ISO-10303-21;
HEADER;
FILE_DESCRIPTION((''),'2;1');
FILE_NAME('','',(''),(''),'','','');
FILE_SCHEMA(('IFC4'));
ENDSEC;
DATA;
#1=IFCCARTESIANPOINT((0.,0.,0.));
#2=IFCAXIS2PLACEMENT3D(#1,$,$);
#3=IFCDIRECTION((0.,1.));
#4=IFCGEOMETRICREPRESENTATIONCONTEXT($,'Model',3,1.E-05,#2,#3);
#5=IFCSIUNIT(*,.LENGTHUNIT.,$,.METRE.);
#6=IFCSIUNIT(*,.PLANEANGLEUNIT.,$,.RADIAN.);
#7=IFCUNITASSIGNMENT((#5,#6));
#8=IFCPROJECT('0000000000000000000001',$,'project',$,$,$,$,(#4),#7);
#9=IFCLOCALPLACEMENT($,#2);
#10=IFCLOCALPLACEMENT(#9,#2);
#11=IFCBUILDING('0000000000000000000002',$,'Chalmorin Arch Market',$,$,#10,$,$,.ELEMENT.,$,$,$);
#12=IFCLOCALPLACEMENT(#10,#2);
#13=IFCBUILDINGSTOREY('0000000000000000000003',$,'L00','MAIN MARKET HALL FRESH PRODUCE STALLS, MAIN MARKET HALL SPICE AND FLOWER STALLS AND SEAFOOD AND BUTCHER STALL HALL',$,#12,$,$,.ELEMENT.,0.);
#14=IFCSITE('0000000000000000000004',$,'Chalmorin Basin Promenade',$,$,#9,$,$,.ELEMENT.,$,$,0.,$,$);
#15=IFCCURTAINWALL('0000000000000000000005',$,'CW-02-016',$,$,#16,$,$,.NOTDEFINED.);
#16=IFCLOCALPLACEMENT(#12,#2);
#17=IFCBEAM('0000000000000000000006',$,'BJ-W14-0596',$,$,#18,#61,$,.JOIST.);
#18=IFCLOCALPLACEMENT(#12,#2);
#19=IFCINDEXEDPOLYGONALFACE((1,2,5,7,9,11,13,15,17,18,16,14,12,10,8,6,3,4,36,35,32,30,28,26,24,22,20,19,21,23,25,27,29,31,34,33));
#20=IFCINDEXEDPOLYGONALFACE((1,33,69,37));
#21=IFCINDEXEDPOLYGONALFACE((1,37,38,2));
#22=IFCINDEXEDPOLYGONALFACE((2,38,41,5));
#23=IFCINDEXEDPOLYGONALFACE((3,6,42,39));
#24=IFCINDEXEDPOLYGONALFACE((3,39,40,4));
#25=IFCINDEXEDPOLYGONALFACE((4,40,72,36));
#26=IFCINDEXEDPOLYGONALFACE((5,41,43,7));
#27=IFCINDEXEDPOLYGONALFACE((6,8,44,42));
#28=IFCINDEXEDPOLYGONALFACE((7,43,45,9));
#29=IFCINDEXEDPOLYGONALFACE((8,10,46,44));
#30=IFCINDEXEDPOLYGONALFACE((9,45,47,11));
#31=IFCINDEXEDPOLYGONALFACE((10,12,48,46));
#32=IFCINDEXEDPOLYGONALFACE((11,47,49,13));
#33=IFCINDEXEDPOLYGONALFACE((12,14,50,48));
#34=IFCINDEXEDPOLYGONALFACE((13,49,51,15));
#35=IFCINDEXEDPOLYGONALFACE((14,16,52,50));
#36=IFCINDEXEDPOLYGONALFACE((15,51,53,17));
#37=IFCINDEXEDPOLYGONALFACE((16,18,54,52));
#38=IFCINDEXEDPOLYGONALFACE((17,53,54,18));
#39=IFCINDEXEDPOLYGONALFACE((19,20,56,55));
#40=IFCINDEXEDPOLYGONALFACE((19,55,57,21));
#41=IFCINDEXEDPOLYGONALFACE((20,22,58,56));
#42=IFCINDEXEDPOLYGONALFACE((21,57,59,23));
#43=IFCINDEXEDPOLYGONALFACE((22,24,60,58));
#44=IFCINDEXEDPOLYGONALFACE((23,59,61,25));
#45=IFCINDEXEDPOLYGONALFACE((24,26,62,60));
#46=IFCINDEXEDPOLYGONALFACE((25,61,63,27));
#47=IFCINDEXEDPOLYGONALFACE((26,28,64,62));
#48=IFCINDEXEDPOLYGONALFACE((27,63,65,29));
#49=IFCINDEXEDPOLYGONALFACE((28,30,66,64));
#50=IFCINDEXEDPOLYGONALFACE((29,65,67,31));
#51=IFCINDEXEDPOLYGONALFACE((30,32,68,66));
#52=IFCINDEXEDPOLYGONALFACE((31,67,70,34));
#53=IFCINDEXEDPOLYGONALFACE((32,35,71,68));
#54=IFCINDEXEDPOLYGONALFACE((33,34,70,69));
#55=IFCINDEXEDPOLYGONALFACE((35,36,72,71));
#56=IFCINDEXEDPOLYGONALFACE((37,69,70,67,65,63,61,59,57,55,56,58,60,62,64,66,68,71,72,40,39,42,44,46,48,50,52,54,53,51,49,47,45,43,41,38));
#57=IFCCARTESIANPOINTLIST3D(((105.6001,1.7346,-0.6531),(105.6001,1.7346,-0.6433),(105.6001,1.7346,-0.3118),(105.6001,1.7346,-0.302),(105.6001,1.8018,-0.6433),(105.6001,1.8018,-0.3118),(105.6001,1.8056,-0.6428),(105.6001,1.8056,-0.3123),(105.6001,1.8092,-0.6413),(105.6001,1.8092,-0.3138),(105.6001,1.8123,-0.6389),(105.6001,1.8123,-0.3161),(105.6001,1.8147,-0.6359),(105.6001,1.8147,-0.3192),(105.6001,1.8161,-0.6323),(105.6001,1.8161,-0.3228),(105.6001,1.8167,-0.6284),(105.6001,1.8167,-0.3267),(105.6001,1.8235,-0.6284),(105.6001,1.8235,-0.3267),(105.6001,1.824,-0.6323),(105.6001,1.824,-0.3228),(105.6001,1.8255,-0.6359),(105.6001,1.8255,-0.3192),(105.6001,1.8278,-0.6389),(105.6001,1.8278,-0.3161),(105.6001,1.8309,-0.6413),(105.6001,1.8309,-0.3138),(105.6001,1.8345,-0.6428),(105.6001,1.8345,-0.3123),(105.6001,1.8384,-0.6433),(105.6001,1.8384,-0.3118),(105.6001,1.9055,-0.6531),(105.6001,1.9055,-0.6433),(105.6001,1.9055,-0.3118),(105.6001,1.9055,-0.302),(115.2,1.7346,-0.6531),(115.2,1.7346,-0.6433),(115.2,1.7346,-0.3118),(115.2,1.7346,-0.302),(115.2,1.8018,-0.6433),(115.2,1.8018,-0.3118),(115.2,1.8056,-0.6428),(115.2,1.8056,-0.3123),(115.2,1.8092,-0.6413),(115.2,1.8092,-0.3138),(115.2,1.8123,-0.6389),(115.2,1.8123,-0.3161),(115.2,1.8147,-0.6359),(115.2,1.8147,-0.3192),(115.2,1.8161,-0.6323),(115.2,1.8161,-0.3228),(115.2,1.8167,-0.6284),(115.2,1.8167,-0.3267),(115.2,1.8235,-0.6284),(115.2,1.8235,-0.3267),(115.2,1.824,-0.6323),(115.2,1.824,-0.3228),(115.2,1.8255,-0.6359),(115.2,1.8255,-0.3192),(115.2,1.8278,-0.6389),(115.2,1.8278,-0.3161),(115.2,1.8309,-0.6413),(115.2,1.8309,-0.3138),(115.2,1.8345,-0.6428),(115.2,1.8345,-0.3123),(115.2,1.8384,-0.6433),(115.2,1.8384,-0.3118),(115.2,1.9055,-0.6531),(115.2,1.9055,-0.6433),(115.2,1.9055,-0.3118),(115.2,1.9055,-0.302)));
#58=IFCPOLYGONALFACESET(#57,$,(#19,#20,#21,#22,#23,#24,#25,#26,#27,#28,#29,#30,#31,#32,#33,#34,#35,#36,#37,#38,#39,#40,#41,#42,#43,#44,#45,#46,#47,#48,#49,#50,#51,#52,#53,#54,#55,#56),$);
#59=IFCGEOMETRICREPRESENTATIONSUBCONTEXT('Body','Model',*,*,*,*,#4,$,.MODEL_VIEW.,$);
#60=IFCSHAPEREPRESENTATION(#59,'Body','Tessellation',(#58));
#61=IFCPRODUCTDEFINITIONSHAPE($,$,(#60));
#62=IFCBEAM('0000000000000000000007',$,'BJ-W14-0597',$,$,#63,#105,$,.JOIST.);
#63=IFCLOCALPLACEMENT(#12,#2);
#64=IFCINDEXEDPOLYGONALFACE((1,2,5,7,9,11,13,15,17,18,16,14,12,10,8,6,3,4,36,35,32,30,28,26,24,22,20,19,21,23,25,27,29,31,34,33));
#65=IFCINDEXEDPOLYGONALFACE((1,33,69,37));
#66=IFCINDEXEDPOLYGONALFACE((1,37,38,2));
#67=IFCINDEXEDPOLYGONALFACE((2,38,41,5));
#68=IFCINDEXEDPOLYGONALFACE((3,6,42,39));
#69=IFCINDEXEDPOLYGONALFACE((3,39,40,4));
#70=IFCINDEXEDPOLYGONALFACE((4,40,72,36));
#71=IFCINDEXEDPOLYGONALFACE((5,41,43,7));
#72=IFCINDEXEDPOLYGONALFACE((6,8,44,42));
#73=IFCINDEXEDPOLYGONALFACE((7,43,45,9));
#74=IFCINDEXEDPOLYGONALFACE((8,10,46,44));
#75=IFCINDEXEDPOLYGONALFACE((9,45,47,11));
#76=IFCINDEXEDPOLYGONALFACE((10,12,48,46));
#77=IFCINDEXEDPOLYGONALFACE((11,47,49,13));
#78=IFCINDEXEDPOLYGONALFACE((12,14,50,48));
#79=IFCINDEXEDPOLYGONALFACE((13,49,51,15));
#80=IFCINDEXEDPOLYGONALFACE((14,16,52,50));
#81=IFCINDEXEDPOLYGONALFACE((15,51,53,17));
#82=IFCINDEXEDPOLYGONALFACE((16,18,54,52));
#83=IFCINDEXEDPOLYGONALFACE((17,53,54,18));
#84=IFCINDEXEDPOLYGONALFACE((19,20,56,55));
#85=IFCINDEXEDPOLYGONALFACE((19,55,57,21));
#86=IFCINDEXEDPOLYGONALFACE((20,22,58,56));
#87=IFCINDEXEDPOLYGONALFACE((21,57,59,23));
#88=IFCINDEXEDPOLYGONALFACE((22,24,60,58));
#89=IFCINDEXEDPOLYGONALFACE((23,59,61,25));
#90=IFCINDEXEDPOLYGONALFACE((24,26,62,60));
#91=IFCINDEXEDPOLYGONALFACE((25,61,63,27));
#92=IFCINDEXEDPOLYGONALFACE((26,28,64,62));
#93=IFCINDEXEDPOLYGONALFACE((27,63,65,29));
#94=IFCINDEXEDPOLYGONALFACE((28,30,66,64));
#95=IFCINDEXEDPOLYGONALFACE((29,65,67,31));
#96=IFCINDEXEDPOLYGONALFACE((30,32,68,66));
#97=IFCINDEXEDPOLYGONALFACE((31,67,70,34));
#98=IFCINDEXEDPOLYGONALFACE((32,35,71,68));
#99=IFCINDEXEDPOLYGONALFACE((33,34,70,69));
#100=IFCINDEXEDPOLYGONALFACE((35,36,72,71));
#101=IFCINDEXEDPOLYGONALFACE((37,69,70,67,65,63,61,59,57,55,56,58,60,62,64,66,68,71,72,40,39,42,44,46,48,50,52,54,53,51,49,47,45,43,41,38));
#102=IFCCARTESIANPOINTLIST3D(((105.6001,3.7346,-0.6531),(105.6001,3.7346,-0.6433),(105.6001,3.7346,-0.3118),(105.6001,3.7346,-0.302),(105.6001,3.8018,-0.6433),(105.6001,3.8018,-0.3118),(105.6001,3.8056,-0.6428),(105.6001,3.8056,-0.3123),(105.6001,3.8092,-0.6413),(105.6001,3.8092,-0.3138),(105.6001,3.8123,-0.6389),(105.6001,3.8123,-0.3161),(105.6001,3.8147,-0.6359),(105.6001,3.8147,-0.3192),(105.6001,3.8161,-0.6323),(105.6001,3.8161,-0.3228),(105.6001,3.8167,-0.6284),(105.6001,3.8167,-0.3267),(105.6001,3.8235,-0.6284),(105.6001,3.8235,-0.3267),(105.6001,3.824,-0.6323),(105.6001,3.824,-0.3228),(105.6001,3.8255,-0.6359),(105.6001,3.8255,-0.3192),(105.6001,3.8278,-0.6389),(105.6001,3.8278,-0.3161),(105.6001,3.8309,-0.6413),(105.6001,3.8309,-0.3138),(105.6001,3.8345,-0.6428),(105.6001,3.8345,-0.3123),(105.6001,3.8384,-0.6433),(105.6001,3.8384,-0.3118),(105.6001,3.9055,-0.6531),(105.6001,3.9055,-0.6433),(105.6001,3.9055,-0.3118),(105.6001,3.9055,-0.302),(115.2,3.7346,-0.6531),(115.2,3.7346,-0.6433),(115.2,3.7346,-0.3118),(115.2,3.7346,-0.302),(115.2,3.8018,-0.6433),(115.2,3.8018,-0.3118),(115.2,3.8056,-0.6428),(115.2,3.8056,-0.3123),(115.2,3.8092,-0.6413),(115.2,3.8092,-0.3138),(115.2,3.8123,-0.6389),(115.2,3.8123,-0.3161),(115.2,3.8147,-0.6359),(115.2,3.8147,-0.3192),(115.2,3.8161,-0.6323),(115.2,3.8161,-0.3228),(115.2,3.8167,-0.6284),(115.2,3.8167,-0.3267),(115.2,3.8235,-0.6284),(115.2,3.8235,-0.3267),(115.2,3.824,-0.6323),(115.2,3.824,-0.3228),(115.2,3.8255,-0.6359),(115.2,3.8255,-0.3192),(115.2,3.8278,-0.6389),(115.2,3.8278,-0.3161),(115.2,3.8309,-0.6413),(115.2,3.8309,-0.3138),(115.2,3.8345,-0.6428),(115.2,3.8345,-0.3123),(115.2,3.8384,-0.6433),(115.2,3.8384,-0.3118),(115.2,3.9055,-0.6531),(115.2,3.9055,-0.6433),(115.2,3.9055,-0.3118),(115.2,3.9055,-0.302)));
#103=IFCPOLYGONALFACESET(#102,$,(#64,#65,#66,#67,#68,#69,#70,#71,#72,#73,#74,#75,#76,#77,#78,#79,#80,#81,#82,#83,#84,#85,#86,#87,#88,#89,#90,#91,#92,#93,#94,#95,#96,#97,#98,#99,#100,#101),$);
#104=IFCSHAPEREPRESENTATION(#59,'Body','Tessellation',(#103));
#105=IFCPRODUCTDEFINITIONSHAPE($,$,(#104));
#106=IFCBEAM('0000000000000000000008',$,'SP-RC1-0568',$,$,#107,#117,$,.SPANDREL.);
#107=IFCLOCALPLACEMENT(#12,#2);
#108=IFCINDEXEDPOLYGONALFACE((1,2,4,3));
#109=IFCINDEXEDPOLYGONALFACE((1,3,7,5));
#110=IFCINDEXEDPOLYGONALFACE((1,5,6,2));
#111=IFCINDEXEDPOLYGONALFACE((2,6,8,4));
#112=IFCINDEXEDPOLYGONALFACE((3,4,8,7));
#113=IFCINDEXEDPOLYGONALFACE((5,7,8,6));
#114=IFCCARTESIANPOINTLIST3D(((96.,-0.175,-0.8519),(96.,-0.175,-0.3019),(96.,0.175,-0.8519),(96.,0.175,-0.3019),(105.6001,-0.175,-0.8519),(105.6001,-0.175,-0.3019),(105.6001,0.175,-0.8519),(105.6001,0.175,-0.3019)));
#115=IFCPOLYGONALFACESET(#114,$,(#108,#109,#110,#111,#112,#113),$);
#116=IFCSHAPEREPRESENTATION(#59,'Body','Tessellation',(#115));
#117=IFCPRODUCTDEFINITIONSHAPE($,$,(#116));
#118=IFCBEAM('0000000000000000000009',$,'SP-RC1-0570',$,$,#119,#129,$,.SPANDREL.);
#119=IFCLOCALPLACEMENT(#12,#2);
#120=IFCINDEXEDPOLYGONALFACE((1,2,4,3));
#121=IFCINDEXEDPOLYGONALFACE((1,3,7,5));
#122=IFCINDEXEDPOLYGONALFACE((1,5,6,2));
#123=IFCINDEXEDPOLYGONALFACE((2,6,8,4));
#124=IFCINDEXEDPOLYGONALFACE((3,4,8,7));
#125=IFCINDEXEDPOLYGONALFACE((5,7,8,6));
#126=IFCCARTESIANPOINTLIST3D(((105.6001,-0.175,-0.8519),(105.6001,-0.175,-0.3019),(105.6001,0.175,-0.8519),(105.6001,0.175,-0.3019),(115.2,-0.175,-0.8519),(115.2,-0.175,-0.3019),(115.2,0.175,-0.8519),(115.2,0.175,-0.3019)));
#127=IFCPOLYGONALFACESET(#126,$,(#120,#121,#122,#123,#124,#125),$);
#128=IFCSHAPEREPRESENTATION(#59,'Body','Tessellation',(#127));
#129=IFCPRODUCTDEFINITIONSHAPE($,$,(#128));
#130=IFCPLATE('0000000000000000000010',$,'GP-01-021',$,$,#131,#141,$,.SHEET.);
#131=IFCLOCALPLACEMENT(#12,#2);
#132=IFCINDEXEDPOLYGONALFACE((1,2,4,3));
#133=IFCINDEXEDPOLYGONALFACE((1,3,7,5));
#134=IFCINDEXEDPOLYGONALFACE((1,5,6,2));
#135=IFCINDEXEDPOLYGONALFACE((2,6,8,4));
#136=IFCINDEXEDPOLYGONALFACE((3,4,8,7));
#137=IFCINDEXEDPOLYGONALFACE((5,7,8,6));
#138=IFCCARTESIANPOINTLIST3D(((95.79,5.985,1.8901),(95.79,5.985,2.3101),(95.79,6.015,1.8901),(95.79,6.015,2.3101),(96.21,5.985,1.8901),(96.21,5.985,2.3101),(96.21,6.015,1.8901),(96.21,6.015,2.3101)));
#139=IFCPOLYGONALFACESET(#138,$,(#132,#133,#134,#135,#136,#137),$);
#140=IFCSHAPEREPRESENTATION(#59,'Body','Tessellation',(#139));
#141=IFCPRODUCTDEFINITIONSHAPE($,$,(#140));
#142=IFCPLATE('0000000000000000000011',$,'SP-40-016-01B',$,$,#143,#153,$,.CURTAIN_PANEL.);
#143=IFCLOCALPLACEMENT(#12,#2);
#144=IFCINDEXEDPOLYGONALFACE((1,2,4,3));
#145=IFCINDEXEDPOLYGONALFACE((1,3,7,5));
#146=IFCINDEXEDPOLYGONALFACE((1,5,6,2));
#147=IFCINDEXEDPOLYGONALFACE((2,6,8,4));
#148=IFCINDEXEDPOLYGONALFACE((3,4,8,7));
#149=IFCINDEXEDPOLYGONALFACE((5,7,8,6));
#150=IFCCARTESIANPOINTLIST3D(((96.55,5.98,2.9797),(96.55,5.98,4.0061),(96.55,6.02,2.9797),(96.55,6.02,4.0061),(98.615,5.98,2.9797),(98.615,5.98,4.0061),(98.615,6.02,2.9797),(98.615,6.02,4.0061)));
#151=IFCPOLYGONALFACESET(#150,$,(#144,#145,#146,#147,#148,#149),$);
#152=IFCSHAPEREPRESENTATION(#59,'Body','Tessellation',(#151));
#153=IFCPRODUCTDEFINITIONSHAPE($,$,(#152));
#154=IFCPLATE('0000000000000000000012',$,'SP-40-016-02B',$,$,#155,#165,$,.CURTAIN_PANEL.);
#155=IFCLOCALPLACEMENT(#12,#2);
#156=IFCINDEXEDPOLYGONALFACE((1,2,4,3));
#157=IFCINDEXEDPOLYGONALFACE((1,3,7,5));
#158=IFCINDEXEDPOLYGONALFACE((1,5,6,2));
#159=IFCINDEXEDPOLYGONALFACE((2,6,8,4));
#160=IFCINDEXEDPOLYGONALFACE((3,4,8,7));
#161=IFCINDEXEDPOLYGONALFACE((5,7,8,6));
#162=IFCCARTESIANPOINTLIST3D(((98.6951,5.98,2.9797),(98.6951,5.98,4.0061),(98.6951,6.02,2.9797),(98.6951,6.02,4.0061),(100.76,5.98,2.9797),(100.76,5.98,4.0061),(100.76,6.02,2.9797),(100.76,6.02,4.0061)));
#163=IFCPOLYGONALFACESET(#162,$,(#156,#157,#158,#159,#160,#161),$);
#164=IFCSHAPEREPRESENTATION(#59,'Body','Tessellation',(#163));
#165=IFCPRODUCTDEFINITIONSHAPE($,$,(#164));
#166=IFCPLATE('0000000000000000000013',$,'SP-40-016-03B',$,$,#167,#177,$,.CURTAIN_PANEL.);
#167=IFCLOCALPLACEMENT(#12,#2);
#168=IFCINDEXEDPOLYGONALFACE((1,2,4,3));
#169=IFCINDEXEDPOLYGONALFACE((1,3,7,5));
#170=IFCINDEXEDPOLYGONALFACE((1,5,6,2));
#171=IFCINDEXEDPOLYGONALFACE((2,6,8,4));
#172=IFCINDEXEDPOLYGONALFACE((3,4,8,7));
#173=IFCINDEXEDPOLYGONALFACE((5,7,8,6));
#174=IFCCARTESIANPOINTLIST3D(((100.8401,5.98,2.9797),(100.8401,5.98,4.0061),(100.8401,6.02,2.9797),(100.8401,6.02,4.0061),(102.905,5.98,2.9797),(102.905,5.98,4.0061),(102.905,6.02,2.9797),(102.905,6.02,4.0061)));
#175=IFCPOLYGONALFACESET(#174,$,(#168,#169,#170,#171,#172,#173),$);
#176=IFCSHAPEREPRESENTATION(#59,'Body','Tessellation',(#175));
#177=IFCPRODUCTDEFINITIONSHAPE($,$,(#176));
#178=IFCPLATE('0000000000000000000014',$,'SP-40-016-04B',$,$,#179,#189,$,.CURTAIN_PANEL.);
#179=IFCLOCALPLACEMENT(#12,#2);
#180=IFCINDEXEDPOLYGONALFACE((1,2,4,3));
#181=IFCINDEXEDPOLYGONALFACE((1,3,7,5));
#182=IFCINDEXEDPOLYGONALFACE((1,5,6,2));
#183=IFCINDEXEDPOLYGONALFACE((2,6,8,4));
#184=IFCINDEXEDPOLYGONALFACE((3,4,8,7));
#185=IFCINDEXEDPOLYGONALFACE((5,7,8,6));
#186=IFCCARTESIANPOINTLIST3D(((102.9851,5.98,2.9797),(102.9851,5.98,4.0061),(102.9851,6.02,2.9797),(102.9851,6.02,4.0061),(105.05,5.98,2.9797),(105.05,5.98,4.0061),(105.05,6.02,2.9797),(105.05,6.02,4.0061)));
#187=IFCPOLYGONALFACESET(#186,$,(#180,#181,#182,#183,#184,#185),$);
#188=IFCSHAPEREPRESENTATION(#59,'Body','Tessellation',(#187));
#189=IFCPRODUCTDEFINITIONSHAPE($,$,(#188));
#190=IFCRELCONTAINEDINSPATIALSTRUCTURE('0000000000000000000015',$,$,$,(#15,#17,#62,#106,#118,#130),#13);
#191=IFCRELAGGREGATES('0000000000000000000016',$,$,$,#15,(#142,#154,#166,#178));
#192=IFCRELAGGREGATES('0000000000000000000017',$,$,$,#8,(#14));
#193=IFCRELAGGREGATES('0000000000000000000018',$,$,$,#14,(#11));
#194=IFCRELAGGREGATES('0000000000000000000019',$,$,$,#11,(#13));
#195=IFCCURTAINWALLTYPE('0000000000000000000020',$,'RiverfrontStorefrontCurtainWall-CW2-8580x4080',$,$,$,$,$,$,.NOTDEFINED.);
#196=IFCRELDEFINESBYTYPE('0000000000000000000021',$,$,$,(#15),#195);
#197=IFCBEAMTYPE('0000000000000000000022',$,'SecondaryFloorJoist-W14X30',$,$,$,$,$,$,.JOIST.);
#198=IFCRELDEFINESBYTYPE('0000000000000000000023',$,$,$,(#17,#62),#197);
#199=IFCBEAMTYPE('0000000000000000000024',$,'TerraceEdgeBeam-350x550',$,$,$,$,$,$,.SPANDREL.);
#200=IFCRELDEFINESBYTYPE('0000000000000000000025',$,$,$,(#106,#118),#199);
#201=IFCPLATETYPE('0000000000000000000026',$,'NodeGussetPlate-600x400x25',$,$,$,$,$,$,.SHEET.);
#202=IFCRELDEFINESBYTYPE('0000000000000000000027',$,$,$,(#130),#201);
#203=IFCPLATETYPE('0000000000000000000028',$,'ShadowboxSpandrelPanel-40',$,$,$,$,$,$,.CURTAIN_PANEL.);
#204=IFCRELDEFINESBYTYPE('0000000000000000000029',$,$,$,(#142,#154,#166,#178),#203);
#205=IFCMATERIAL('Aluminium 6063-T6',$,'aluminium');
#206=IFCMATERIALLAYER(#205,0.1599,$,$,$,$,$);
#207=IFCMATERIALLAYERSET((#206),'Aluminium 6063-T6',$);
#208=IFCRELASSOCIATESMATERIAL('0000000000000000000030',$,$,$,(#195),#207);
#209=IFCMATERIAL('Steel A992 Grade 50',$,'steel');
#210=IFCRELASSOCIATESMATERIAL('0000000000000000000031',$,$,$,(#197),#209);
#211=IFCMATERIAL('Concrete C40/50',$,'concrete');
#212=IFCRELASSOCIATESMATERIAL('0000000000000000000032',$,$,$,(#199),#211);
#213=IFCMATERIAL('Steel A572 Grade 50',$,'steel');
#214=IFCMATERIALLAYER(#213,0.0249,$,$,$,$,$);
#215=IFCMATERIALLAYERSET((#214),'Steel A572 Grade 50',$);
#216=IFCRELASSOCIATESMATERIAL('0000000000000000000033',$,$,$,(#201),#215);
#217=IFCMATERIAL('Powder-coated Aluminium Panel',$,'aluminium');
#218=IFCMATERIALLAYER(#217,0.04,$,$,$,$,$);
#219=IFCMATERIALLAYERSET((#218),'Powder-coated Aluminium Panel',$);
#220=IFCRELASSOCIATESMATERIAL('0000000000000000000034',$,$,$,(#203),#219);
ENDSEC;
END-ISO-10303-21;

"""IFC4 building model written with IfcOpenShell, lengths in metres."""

from ifc_helpers import new_model, si_unit, direction, frame, origin, origin_2d, place, context, subcontext, project, spatial, rectangle, i_section, extrude, material, layer, layer_set, material_profile, profile_set, type_object, element, aggregate, save


model = new_model("IFC4")

# Units and contexts
model_context = context("Model", 3, precision=1e-05, world=origin(), true_north=direction((0.0, 1.0)))
body_context = subcontext(model_context, "Body", "Model", "MODEL_VIEW")
ifc_project = project(units=[si_unit("LENGTHUNIT", "METRE"), si_unit("PLANEANGLEUNIT", "RADIAN")], contexts=[model_context])

# Site, building, storey
site_placement = place(None, origin())
site = spatial("IfcSite", under=ifc_project, at=site_placement, Name="Chalmorin Basin Promenade", CompositionType="ELEMENT", RefElevation=0.0)
building_placement = place(site_placement, origin())
building = spatial("IfcBuilding", under=site, at=building_placement, Name="Chalmorin Arch Market", CompositionType="ELEMENT")
storey_placement = place(building_placement, origin())
storey = spatial("IfcBuildingStorey", under=building, at=storey_placement, Name="L00", Description="MAIN MARKET HALL FRESH PRODUCE STALLS, MAIN MARKET HALL SPICE AND FLOWER STALLS AND SEAFOOD AND BUTCHER STALL HALL", CompositionType="ELEMENT", Elevation=0.0)

# Shared definitions
ifc_material_1 = material(Name="Concrete C40/50", Category="concrete")

# Curtain wall
ifc_material_2 = material(Name="Aluminium 6063-T6", Category="aluminium")
ifc_layer_1 = layer(ifc_material_2, 0.1599)
ifc_layer_set_1 = layer_set([ifc_layer_1], Name="Aluminium 6063-T6")
curtain_wall_type = type_object("IfcCurtainWallType", Name="RiverfrontStorefrontCurtainWall-CW2-8580x4080", PredefinedType="NOTDEFINED", material=ifc_layer_set_1)
curtain_wall_placement = place(storey_placement, origin())
curtain_wall = element("IfcCurtainWall", 1, at=curtain_wall_placement, inside=storey, type_object=curtain_wall_type, Name="CW-02-016", PredefinedType="NOTDEFINED")

# Beams
ifc_material_3 = material(Name="Steel A992 Grade 50", Category="steel")
ifc_material_profile_1 = material_profile(ifc_material_3, i_section(OverallWidth=0.1709, OverallDepth=0.3511, WebThickness=0.0068, FlangeThickness=0.0098, FilletRadius=0.0149, at=origin_2d()), Name="W14X30")
ifc_profile_set_1 = profile_set([ifc_material_profile_1], Name="Steel A992 Grade 50")
beam_type_1 = type_object("IfcBeamType", Name="SecondaryFloorJoist-W14X30", PredefinedType="JOIST", material=ifc_profile_set_1)
for number, where, z_axis, x_axis, name in (
    (2, (105.6001, 1.8201, -0.4775), (1.0, 0.0, 0.0), (0.0, 1.0, 0.0), "BJ-W14-0596"),
    (3, (105.6001, 3.8201, -0.4775), (1.0, 0.0, 0.0), (0.0, 1.0, 0.0), "BJ-W14-0597"),
):
    element("IfcBeam", number, at=place(storey_placement, frame(where, z_axis=z_axis, x_axis=x_axis)), inside=storey, type_object=beam_type_1, Name=name, PredefinedType="JOIST", context=body_context, shape_type="SweptSolid", body=[
        extrude(i_section(OverallWidth=0.1709, OverallDepth=0.3511, WebThickness=0.0068, FlangeThickness=0.0098, FilletRadius=0.0149, at=origin_2d()), origin(), (0.0, 0.0, 1.0), 9.5999),
    ])
ifc_material_profile_2 = material_profile(ifc_material_1, rectangle(XDim=0.3501, YDim=0.55, at=origin_2d()), Name="RC350X550")
ifc_profile_set_2 = profile_set([ifc_material_profile_2], Name="Concrete C40/50")
beam_type_2 = type_object("IfcBeamType", Name="TerraceEdgeBeam-350x550", PredefinedType="SPANDREL", material=ifc_profile_set_2)
beam_1_placement = place(storey_placement, frame((96.0, 0.0, -0.5769), z_axis=(1.0, 0.0, 0.0), x_axis=(0.0, 1.0, 0.0)))
element("IfcBeam", 4, at=beam_1_placement, inside=storey, type_object=beam_type_2, Name="SP-RC1-0568", PredefinedType="SPANDREL", context=body_context, shape_type="SweptSolid", body=[
    extrude(rectangle(XDim=0.3501, YDim=0.55, at=origin_2d()), origin(), (0.0, 0.0, 1.0), 9.6001),
])
beam_2_placement = place(storey_placement, frame((105.6001, 0.0, -0.5769), z_axis=(1.0, 0.0, 0.0), x_axis=(0.0, 1.0, 0.0)))
element("IfcBeam", 5, at=beam_2_placement, inside=storey, type_object=beam_type_2, Name="SP-RC1-0570", PredefinedType="SPANDREL", context=body_context, shape_type="SweptSolid", body=[
    extrude(rectangle(XDim=0.3501, YDim=0.55, at=origin_2d()), origin(), (0.0, 0.0, 1.0), 9.5999),
])

# Plates
ifc_material_4 = material(Name="Steel A572 Grade 50", Category="steel")
ifc_layer_2 = layer(ifc_material_4, 0.0249)
ifc_layer_set_2 = layer_set([ifc_layer_2], Name="Steel A572 Grade 50")
plate_type_1 = type_object("IfcPlateType", Name="NodeGussetPlate-600x400x25", PredefinedType="SHEET", material=ifc_layer_set_2)
plate_1_placement = place(storey_placement, frame((96.0, 6.0, 1.8901), z_axis=(0.0, 0.0, 1.0), x_axis=(1.0, 0.0, 0.0)))
element("IfcPlate", 6, at=plate_1_placement, inside=storey, type_object=plate_type_1, Name="GP-01-021", PredefinedType="SHEET", context=body_context, shape_type="SweptSolid", body=[
    extrude(rectangle(XDim=0.4199, YDim=0.03, at=origin_2d()), origin(), (0.0, 0.0, 1.0), 0.4199),
])
ifc_material_5 = material(Name="Powder-coated Aluminium Panel", Category="aluminium")
ifc_layer_3 = layer(ifc_material_5, 0.04)
ifc_layer_set_3 = layer_set([ifc_layer_3], Name="Powder-coated Aluminium Panel")
plate_type_2 = type_object("IfcPlateType", Name="ShadowboxSpandrelPanel-40", PredefinedType="CURTAIN_PANEL", material=ifc_layer_set_3)
plate_2_placement = place(storey_placement, frame((97.5825, 6.0, 2.9797), z_axis=(0.0, 0.0, 1.0), x_axis=(1.0, 0.0, 0.0)))
plate_2 = element("IfcPlate", 7, at=plate_2_placement, type_object=plate_type_2, Name="SP-40-016-01B", PredefinedType="CURTAIN_PANEL", context=body_context, shape_type="SweptSolid", body=[
    extrude(rectangle(XDim=2.0649, YDim=0.04, at=origin_2d()), origin(), (0.0, 0.0, 1.0), 1.0264),
])
plate_3_placement = place(storey_placement, frame((99.7275, 6.0, 2.9797), z_axis=(0.0, 0.0, 1.0), x_axis=(1.0, 0.0, 0.0)))
plate_3 = element("IfcPlate", 8, at=plate_3_placement, type_object=plate_type_2, Name="SP-40-016-02B", PredefinedType="CURTAIN_PANEL", context=body_context, shape_type="SweptSolid", body=[
    extrude(rectangle(XDim=2.0649, YDim=0.04, at=origin_2d()), origin(), (0.0, 0.0, 1.0), 1.0264),
])
plate_4_placement = place(storey_placement, frame((101.8726, 6.0, 2.9797), z_axis=(0.0, 0.0, 1.0), x_axis=(1.0, 0.0, 0.0)))
plate_4 = element("IfcPlate", 9, at=plate_4_placement, type_object=plate_type_2, Name="SP-40-016-03B", PredefinedType="CURTAIN_PANEL", context=body_context, shape_type="SweptSolid", body=[
    extrude(rectangle(XDim=2.0649, YDim=0.04, at=origin_2d()), origin(), (0.0, 0.0, 1.0), 1.0264),
])
plate_5_placement = place(storey_placement, frame((104.0176, 6.0, 2.9797), z_axis=(0.0, 0.0, 1.0), x_axis=(1.0, 0.0, 0.0)))
plate_5 = element("IfcPlate", 10, at=plate_5_placement, type_object=plate_type_2, Name="SP-40-016-04B", PredefinedType="CURTAIN_PANEL", context=body_context, shape_type="SweptSolid", body=[
    extrude(rectangle(XDim=2.0649, YDim=0.04, at=origin_2d()), origin(), (0.0, 0.0, 1.0), 1.0264),
])
aggregate(curtain_wall, [plate_2, plate_3, plate_4, plate_5])

save(model, "model.ifc")
